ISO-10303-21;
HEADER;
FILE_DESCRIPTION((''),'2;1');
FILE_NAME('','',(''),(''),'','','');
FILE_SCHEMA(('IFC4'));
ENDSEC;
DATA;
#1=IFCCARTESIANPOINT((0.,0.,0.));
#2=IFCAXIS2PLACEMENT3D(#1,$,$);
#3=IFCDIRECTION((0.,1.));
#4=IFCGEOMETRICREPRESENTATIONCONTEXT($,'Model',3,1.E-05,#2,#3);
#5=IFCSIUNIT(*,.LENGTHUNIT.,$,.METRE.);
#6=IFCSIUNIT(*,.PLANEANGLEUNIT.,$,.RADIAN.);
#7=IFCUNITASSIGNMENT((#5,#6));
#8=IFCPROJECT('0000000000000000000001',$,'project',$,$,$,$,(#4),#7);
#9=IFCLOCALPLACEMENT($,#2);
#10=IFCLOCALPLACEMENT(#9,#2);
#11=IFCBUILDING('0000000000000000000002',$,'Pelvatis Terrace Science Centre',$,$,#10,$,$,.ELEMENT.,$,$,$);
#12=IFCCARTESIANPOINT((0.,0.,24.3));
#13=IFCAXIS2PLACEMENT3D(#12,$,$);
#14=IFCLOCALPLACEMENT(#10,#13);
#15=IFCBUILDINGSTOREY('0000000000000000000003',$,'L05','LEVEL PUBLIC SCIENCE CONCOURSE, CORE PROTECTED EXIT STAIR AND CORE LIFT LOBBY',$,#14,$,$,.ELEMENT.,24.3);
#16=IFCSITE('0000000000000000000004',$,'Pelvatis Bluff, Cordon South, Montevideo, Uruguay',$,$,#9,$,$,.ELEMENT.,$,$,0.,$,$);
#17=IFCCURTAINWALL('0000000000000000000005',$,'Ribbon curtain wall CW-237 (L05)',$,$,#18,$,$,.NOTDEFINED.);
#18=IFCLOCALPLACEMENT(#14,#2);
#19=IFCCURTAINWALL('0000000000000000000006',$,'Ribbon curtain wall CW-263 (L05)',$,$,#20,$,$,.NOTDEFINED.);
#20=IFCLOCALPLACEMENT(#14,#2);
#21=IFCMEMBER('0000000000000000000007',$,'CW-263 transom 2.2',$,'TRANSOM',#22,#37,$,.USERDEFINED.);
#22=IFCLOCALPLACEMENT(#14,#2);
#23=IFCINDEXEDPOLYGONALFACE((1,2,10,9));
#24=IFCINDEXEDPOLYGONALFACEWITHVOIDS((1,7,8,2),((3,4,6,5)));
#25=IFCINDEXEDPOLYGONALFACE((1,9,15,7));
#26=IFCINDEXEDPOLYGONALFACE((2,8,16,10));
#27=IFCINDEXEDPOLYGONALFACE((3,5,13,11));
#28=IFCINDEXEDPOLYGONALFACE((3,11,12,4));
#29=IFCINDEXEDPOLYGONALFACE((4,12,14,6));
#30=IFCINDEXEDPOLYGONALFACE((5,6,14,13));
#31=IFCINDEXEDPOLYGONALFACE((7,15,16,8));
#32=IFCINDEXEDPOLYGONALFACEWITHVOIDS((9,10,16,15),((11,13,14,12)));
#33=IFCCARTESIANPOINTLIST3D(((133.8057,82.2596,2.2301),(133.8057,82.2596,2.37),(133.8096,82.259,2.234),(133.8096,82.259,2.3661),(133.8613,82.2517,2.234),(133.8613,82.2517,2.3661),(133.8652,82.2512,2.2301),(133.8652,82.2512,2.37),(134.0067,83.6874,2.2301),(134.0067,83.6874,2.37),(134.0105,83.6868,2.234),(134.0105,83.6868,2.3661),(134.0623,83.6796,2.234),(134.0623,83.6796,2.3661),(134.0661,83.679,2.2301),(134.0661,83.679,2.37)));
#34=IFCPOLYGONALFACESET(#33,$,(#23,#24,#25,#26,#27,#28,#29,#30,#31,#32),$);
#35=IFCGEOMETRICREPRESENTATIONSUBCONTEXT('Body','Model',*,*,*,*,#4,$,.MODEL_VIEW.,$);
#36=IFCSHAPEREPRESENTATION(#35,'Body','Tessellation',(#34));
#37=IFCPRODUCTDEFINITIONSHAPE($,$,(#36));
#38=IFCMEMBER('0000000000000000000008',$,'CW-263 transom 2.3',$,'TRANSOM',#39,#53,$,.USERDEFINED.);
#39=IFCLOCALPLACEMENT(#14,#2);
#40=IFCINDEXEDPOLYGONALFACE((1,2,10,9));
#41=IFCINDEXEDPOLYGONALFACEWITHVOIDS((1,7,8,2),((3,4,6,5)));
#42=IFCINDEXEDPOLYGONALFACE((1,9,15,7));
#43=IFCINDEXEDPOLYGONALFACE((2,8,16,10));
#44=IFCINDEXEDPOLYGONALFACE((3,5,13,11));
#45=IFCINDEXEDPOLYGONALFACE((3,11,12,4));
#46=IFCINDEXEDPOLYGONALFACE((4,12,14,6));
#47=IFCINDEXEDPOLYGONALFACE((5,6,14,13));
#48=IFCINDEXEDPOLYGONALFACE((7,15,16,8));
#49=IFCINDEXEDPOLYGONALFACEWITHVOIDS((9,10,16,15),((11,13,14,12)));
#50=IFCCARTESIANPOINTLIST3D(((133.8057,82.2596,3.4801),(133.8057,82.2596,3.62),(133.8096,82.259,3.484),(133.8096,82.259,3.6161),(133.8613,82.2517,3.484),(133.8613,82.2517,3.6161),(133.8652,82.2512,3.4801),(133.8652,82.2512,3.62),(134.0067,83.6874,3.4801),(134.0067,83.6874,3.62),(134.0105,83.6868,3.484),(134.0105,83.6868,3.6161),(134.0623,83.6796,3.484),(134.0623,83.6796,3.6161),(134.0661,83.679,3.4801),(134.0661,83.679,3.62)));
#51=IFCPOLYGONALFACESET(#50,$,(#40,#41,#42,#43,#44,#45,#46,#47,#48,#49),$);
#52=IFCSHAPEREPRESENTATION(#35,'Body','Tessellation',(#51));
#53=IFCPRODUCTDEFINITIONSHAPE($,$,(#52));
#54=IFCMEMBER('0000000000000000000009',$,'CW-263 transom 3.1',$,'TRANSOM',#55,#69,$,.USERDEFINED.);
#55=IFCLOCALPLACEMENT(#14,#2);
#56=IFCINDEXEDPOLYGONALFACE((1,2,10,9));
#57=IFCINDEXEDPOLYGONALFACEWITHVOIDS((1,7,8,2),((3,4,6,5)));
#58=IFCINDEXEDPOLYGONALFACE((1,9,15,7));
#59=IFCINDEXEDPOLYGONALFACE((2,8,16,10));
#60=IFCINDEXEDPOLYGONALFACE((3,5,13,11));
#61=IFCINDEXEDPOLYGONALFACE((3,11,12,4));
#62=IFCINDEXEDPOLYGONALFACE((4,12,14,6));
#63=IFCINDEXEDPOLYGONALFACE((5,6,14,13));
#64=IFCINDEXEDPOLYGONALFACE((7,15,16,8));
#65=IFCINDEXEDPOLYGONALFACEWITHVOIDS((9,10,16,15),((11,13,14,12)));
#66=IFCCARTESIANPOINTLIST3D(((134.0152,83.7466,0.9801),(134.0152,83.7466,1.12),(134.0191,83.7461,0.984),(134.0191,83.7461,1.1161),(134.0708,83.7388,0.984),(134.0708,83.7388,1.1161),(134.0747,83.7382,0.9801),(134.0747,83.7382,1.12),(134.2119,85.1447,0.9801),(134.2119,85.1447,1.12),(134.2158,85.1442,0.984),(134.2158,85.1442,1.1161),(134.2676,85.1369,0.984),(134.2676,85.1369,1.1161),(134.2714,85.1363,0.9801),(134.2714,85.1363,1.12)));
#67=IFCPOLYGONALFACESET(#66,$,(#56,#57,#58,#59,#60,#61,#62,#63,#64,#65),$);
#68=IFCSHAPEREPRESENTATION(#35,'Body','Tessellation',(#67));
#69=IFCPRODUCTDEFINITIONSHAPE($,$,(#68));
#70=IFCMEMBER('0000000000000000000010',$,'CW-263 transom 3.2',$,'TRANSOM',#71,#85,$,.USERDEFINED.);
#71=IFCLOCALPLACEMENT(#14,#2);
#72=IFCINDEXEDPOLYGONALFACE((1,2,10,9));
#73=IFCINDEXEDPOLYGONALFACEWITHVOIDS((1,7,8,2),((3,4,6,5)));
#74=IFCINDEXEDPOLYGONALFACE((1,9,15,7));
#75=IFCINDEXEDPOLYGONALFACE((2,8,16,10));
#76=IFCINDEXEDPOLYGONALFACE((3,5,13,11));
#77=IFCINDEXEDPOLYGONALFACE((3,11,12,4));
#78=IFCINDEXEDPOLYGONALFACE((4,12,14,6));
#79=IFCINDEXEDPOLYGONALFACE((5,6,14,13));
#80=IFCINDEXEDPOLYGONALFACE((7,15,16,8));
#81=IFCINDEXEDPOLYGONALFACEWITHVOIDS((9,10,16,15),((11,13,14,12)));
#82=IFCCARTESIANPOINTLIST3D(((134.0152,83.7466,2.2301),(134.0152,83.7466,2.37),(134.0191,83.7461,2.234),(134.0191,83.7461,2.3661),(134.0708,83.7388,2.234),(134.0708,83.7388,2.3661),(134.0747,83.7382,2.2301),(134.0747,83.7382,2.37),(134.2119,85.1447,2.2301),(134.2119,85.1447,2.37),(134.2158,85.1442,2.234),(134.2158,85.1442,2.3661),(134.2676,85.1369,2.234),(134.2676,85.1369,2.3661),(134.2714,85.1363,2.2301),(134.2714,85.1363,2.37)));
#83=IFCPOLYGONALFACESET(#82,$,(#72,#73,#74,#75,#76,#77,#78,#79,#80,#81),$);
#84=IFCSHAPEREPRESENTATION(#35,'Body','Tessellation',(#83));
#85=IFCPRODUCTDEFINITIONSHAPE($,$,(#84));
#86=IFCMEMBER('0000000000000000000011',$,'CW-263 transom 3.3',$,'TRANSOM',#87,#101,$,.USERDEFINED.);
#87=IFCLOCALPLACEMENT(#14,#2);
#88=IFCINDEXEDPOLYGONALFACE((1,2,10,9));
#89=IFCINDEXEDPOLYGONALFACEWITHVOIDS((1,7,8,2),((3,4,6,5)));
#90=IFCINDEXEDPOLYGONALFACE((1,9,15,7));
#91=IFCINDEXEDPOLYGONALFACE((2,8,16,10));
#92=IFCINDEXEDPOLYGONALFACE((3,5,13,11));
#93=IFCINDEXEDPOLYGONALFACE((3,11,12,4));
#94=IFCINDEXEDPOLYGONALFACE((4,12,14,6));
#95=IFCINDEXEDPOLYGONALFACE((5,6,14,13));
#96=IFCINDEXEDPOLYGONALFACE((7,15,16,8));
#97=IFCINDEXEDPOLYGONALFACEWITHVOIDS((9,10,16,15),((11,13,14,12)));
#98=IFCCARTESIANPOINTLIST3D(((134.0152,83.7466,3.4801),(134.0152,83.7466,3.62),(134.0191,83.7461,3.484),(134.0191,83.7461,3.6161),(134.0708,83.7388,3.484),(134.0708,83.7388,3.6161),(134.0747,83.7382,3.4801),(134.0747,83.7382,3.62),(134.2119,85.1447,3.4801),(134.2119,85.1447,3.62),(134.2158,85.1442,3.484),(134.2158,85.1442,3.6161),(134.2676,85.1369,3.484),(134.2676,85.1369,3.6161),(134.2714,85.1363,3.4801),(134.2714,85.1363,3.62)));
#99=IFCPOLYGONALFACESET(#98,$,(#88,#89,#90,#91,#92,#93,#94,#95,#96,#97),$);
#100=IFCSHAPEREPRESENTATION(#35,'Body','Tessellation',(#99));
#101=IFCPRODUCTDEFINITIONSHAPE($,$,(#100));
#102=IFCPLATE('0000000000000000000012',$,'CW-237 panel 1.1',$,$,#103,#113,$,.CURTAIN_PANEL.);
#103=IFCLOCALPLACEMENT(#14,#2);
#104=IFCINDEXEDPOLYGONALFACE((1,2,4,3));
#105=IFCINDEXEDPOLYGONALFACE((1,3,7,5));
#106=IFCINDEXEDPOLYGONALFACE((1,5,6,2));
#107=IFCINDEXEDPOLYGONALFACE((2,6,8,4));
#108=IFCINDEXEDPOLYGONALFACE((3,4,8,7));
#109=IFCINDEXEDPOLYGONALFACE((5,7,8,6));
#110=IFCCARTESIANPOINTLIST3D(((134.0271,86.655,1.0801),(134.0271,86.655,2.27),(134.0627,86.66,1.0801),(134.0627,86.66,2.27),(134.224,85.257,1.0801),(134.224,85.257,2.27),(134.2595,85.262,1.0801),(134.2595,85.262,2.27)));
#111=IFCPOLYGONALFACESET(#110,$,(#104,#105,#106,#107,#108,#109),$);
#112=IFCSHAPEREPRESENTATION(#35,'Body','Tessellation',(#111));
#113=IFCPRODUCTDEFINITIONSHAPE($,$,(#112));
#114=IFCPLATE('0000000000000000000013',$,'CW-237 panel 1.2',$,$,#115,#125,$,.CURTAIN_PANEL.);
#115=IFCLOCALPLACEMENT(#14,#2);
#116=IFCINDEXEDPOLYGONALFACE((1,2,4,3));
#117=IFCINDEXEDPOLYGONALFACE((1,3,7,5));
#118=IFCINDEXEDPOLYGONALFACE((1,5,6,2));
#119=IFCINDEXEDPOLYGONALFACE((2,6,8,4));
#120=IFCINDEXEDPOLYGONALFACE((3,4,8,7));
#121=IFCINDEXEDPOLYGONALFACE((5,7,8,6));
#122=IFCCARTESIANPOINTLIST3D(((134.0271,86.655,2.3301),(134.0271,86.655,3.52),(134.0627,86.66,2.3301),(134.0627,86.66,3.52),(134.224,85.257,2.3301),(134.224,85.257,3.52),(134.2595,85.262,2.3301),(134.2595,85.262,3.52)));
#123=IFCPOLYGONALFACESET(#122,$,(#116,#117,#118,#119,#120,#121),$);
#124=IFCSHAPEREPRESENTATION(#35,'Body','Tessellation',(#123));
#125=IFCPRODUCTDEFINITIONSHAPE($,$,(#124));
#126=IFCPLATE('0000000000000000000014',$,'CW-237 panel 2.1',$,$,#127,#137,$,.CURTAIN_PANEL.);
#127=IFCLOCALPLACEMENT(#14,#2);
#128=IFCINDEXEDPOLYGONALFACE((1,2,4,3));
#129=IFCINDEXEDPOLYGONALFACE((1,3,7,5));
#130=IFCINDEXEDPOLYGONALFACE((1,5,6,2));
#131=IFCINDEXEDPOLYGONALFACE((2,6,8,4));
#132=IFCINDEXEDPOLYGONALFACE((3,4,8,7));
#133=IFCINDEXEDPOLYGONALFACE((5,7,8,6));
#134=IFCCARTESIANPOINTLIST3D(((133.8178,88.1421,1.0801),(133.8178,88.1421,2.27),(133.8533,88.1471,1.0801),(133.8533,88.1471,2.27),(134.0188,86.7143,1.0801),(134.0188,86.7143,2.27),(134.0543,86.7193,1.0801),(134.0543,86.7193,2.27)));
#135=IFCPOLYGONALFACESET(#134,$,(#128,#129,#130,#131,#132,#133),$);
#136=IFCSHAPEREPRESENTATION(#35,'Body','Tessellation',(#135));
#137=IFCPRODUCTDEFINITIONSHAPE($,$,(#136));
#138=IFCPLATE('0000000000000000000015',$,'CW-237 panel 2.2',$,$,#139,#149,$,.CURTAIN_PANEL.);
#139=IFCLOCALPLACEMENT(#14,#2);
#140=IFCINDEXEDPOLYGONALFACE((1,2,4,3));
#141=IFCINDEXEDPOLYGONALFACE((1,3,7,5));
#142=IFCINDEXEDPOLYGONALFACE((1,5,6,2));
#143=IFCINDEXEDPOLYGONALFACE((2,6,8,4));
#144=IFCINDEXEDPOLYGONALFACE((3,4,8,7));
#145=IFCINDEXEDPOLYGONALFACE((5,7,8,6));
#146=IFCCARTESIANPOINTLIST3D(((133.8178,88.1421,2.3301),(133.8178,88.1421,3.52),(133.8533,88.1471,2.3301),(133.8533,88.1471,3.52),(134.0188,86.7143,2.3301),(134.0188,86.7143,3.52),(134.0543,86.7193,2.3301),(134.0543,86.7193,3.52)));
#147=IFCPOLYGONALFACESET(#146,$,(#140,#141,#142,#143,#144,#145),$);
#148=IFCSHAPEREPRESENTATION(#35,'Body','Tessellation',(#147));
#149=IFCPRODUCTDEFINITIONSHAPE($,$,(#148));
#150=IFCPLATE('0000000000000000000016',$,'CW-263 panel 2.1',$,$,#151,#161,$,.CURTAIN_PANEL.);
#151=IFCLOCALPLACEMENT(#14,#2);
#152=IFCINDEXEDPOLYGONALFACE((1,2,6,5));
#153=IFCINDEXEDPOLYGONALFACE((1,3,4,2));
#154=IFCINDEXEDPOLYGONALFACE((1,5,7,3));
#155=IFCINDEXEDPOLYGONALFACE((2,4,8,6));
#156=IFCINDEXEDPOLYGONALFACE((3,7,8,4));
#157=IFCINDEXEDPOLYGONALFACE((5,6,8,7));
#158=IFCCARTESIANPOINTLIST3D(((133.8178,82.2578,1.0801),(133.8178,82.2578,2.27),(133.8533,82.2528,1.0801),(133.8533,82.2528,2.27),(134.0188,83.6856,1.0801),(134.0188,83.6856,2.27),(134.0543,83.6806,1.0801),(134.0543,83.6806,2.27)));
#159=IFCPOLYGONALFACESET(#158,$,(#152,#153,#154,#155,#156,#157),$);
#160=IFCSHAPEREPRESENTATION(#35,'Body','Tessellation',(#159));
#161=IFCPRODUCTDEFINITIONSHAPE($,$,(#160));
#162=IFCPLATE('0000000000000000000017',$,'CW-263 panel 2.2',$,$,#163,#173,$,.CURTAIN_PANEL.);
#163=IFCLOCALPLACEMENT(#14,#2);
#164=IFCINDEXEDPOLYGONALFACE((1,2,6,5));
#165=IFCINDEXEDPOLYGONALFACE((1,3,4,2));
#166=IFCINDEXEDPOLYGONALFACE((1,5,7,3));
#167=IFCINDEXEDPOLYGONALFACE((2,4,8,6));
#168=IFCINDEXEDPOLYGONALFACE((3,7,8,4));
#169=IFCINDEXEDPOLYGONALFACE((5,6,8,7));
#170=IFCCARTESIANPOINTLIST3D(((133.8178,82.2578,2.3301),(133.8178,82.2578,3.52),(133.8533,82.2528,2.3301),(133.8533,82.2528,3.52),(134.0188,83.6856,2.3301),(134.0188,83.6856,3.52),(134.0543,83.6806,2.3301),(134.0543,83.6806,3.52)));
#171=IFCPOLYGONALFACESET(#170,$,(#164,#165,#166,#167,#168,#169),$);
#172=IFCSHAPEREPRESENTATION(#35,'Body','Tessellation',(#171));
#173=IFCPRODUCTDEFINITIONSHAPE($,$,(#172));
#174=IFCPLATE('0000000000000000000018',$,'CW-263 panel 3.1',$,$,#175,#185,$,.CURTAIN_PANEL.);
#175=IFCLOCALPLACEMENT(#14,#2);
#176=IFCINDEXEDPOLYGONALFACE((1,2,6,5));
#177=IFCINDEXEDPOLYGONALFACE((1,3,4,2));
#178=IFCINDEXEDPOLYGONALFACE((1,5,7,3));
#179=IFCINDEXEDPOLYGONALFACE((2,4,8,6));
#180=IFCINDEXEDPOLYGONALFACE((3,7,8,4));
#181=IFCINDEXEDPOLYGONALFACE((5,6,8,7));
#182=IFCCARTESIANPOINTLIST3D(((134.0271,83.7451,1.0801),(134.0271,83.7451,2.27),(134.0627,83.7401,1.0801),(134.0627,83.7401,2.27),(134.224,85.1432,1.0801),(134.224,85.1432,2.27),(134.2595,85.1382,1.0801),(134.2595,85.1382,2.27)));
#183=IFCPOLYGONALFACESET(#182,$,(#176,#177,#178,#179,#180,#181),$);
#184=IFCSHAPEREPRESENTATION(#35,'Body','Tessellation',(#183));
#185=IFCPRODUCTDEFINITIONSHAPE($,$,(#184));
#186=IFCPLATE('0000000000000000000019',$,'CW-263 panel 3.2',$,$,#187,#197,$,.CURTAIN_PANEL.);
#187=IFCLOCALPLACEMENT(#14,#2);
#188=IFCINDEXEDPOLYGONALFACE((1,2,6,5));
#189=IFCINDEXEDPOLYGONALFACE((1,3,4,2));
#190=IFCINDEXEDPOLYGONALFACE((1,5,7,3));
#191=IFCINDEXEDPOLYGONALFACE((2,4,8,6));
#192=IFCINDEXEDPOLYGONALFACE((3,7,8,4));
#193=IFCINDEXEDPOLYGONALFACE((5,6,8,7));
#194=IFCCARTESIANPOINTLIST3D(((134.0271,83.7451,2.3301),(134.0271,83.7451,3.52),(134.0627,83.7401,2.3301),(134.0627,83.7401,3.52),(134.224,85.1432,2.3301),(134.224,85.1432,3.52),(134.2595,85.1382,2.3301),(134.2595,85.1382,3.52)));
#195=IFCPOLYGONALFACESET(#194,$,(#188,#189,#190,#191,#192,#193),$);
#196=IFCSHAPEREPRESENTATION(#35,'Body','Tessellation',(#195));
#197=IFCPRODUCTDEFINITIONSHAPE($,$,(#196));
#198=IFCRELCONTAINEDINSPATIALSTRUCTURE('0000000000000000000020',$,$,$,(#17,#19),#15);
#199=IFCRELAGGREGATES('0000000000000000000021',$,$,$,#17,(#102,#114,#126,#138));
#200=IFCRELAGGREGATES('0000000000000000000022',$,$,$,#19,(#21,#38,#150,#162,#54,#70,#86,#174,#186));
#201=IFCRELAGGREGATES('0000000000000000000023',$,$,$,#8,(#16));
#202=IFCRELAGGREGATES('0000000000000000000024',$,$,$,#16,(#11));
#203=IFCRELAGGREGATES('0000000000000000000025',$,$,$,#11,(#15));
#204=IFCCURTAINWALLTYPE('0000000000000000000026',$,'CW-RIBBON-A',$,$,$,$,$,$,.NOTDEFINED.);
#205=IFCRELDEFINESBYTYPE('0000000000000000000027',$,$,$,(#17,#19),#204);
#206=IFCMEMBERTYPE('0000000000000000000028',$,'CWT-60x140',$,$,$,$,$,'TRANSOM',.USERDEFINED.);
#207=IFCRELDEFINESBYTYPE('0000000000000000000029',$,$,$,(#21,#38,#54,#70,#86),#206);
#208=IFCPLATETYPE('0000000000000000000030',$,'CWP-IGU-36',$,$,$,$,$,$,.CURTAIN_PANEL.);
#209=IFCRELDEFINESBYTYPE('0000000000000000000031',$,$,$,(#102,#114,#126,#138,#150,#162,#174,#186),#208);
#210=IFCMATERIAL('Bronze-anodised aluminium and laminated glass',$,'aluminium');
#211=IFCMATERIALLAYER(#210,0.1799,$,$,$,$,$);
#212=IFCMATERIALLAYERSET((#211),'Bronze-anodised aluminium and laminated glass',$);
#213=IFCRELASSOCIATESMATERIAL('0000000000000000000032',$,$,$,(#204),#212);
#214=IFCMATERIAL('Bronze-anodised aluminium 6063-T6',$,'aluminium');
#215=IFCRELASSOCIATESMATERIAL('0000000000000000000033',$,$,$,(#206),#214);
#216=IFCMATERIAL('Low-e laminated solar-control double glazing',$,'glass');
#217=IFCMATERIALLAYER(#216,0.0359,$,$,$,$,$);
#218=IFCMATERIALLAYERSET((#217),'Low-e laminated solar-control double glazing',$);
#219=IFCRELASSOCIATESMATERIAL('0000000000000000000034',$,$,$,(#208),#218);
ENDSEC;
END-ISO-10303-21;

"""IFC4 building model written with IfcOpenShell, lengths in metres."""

from ifc_helpers import new_model, si_unit, direction, frame, origin, origin_2d, place, context, subcontext, project, spatial, rectangle, hollow_rectangle, extrude, material, layer, layer_set, material_profile, profile_set, type_object, element, aggregate, save


model = new_model("IFC4")

# Units and contexts
model_context = context("Model", 3, precision=1e-05, world=origin(), true_north=direction((0.0, 1.0)))
body_context = subcontext(model_context, "Body", "Model", "MODEL_VIEW")
ifc_project = project(units=[si_unit("LENGTHUNIT", "METRE"), si_unit("PLANEANGLEUNIT", "RADIAN")], contexts=[model_context])

# Site, building, storey
site_placement = place(None, origin())
site = spatial("IfcSite", under=ifc_project, at=site_placement, Name="Pelvatis Bluff, Cordon South, Montevideo, Uruguay", CompositionType="ELEMENT", RefElevation=0.0)
building_placement = place(site_placement, origin())
building = spatial("IfcBuilding", under=site, at=building_placement, Name="Pelvatis Terrace Science Centre", CompositionType="ELEMENT")
storey_placement = place(building_placement, frame((0.0, 0.0, 24.3)))
storey = spatial("IfcBuildingStorey", under=building, at=storey_placement, Name="L05", Description="LEVEL PUBLIC SCIENCE CONCOURSE, CORE PROTECTED EXIT STAIR AND CORE LIFT LOBBY", CompositionType="ELEMENT", Elevation=24.3)

# Curtain walls
ifc_material_1 = material(Name="Bronze-anodised aluminium and laminated glass", Category="aluminium")
ifc_layer_1 = layer(ifc_material_1, 0.1799)
ifc_layer_set_1 = layer_set([ifc_layer_1], Name="Bronze-anodised aluminium and laminated glass")
curtain_wall_type = type_object("IfcCurtainWallType", Name="CW-RIBBON-A", PredefinedType="NOTDEFINED", material=ifc_layer_set_1)
curtain_wall_1_placement = place(storey_placement, origin())
curtain_wall_1 = element("IfcCurtainWall", 1, at=curtain_wall_1_placement, inside=storey, type_object=curtain_wall_type, Name="Ribbon curtain wall CW-237 (L05)", PredefinedType="NOTDEFINED")
curtain_wall_2_placement = place(storey_placement, origin())
curtain_wall_2 = element("IfcCurtainWall", 2, at=curtain_wall_2_placement, inside=storey, type_object=curtain_wall_type, Name="Ribbon curtain wall CW-263 (L05)", PredefinedType="NOTDEFINED")

# Members
ifc_material_2 = material(Name="Bronze-anodised aluminium 6063-T6", Category="aluminium")
ifc_material_profile_1 = material_profile(ifc_material_2, hollow_rectangle(XDim=0.0601, YDim=0.1399, WallThickness=0.0039, at=origin_2d()), Name="ALU-TRN 60x140")
ifc_profile_set_1 = profile_set([ifc_material_profile_1], Name="Bronze-anodised aluminium 6063-T6")
member_type_1 = type_object("IfcMemberType", Name="CWT-60x140", ElementType="TRANSOM", PredefinedType="USERDEFINED", material=ifc_profile_set_1)
member_1_placement = place(storey_placement, frame((133.8354, 82.2554, 2.3), z_axis=(0.139359, 0.990242, 0.0), x_axis=(-0.990242, 0.139359, 0.0)))
member_1 = element("IfcMember", 3, at=member_1_placement, type_object=member_type_1, Name="CW-263 transom 2.2", ObjectType="TRANSOM", PredefinedType="USERDEFINED", context=body_context, shape_type="SweptSolid", body=[
    extrude(hollow_rectangle(XDim=0.0601, YDim=0.1399, WallThickness=0.0039, at=origin_2d()), origin(), (0.0, 0.0, 1.0), 1.4419),
])
member_2_placement = place(storey_placement, frame((133.8354, 82.2554, 3.55), z_axis=(0.139359, 0.990242, 0.0), x_axis=(-0.990242, 0.139359, 0.0)))
member_2 = element("IfcMember", 4, at=member_2_placement, type_object=member_type_1, Name="CW-263 transom 2.3", ObjectType="TRANSOM", PredefinedType="USERDEFINED", context=body_context, shape_type="SweptSolid", body=[
    extrude(hollow_rectangle(XDim=0.0601, YDim=0.1399, WallThickness=0.0039, at=origin_2d()), origin(), (0.0, 0.0, 1.0), 1.4419),
])
member_3_placement = place(storey_placement, frame((134.0449, 83.7424, 1.05), z_axis=(0.139363, 0.990241, 0.0), x_axis=(-0.990241, 0.139363, 0.0)))
member_3 = element("IfcMember", 5, at=member_3_placement, type_object=member_type_1, Name="CW-263 transom 3.1", ObjectType="TRANSOM", PredefinedType="USERDEFINED", context=body_context, shape_type="SweptSolid", body=[
    extrude(hollow_rectangle(XDim=0.0601, YDim=0.1399, WallThickness=0.0039, at=origin_2d()), origin(), (0.0, 0.0, 1.0), 1.4119),
])
member_4_placement = place(storey_placement, frame((134.0449, 83.7424, 2.3), z_axis=(0.139363, 0.990241, 0.0), x_axis=(-0.990241, 0.139363, 0.0)))
member_4 = element("IfcMember", 6, at=member_4_placement, type_object=member_type_1, Name="CW-263 transom 3.2", ObjectType="TRANSOM", PredefinedType="USERDEFINED", context=body_context, shape_type="SweptSolid", body=[
    extrude(hollow_rectangle(XDim=0.0601, YDim=0.1399, WallThickness=0.0039, at=origin_2d()), origin(), (0.0, 0.0, 1.0), 1.4119),
])
member_5_placement = place(storey_placement, frame((134.0449, 83.7424, 3.55), z_axis=(0.139363, 0.990241, 0.0), x_axis=(-0.990241, 0.139363, 0.0)))
member_5 = element("IfcMember", 7, at=member_5_placement, type_object=member_type_1, Name="CW-263 transom 3.3", ObjectType="TRANSOM", PredefinedType="USERDEFINED", context=body_context, shape_type="SweptSolid", body=[
    extrude(hollow_rectangle(XDim=0.0601, YDim=0.1399, WallThickness=0.0039, at=origin_2d()), origin(), (0.0, 0.0, 1.0), 1.4119),
])

# Plates
ifc_material_3 = material(Name="Low-e laminated solar-control double glazing", Category="glass")
ifc_layer_2 = layer(ifc_material_3, 0.0359)
ifc_layer_set_2 = layer_set([ifc_layer_2], Name="Low-e laminated solar-control double glazing")
plate_type = type_object("IfcPlateType", Name="CWP-IGU-36", PredefinedType="CURTAIN_PANEL", material=ifc_layer_set_2)
plate_1_placement = place(storey_placement, frame((134.1433, 85.9585, 1.0801), z_axis=(0.0, 0.0, 1.0), x_axis=(-0.139408, 0.990235, 0.0)))
plate_1 = element("IfcPlate", 8, at=plate_1_placement, type_object=plate_type, Name="CW-237 panel 1.1", PredefinedType="CURTAIN_PANEL", context=body_context, shape_type="SweptSolid", body=[
    extrude(rectangle(XDim=1.4119, YDim=0.0359, at=origin_2d()), origin(), (0.0, 0.0, 1.0), 1.1899),
])
plate_2_placement = place(storey_placement, frame((134.1433, 85.9585, 2.3301), z_axis=(0.0, 0.0, 1.0), x_axis=(-0.139408, 0.990235, 0.0)))
plate_2 = element("IfcPlate", 9, at=plate_2_placement, type_object=plate_type, Name="CW-237 panel 1.2", PredefinedType="CURTAIN_PANEL", context=body_context, shape_type="SweptSolid", body=[
    extrude(rectangle(XDim=1.4119, YDim=0.0359, at=origin_2d()), origin(), (0.0, 0.0, 1.0), 1.1899),
])
plate_3_placement = place(storey_placement, frame((133.936, 87.4307, 1.0801), z_axis=(0.0, 0.0, 1.0), x_axis=(-0.139408, 0.990235, 0.0)))
plate_3 = element("IfcPlate", 10, at=plate_3_placement, type_object=plate_type, Name="CW-237 panel 2.1", PredefinedType="CURTAIN_PANEL", context=body_context, shape_type="SweptSolid", body=[
    extrude(rectangle(XDim=1.4419, YDim=0.0359, at=origin_2d()), origin(), (0.0, 0.0, 1.0), 1.1899),
])
plate_4_placement = place(storey_placement, frame((133.936, 87.4307, 2.3301), z_axis=(0.0, 0.0, 1.0), x_axis=(-0.139408, 0.990235, 0.0)))
plate_4 = element("IfcPlate", 11, at=plate_4_placement, type_object=plate_type, Name="CW-237 panel 2.2", PredefinedType="CURTAIN_PANEL", context=body_context, shape_type="SweptSolid", body=[
    extrude(rectangle(XDim=1.4419, YDim=0.0359, at=origin_2d()), origin(), (0.0, 0.0, 1.0), 1.1899),
])
aggregate(curtain_wall_1, [plate_1, plate_2, plate_3, plate_4])
plate_5_placement = place(storey_placement, frame((133.936, 82.9692, 1.0801), z_axis=(0.0, 0.0, 1.0), x_axis=(0.139408, 0.990235, 0.0)))
plate_5 = element("IfcPlate", 12, at=plate_5_placement, type_object=plate_type, Name="CW-263 panel 2.1", PredefinedType="CURTAIN_PANEL", context=body_context, shape_type="SweptSolid", body=[
    extrude(rectangle(XDim=1.4419, YDim=0.0359, at=origin_2d()), origin(), (0.0, 0.0, 1.0), 1.1899),
])
plate_6_placement = place(storey_placement, frame((133.936, 82.9692, 2.3301), z_axis=(0.0, 0.0, 1.0), x_axis=(0.139408, 0.990235, 0.0)))
plate_6 = element("IfcPlate", 13, at=plate_6_placement, type_object=plate_type, Name="CW-263 panel 2.2", PredefinedType="CURTAIN_PANEL", context=body_context, shape_type="SweptSolid", body=[
    extrude(rectangle(XDim=1.4419, YDim=0.0359, at=origin_2d()), origin(), (0.0, 0.0, 1.0), 1.1899),
])
plate_7_placement = place(storey_placement, frame((134.1433, 84.4417, 1.0801), z_axis=(0.0, 0.0, 1.0), x_axis=(0.139408, 0.990235, 0.0)))
plate_7 = element("IfcPlate", 14, at=plate_7_placement, type_object=plate_type, Name="CW-263 panel 3.1", PredefinedType="CURTAIN_PANEL", context=body_context, shape_type="SweptSolid", body=[
    extrude(rectangle(XDim=1.4119, YDim=0.0359, at=origin_2d()), origin(), (0.0, 0.0, 1.0), 1.1899),
])
plate_8_placement = place(storey_placement, frame((134.1433, 84.4417, 2.3301), z_axis=(0.0, 0.0, 1.0), x_axis=(0.139408, 0.990235, 0.0)))
plate_8 = element("IfcPlate", 15, at=plate_8_placement, type_object=plate_type, Name="CW-263 panel 3.2", PredefinedType="CURTAIN_PANEL", context=body_context, shape_type="SweptSolid", body=[
    extrude(rectangle(XDim=1.4119, YDim=0.0359, at=origin_2d()), origin(), (0.0, 0.0, 1.0), 1.1899),
])
aggregate(curtain_wall_2, [member_1, member_2, plate_5, plate_6, member_3, member_4, member_5, plate_7, plate_8])

save(model, "model.ifc")
